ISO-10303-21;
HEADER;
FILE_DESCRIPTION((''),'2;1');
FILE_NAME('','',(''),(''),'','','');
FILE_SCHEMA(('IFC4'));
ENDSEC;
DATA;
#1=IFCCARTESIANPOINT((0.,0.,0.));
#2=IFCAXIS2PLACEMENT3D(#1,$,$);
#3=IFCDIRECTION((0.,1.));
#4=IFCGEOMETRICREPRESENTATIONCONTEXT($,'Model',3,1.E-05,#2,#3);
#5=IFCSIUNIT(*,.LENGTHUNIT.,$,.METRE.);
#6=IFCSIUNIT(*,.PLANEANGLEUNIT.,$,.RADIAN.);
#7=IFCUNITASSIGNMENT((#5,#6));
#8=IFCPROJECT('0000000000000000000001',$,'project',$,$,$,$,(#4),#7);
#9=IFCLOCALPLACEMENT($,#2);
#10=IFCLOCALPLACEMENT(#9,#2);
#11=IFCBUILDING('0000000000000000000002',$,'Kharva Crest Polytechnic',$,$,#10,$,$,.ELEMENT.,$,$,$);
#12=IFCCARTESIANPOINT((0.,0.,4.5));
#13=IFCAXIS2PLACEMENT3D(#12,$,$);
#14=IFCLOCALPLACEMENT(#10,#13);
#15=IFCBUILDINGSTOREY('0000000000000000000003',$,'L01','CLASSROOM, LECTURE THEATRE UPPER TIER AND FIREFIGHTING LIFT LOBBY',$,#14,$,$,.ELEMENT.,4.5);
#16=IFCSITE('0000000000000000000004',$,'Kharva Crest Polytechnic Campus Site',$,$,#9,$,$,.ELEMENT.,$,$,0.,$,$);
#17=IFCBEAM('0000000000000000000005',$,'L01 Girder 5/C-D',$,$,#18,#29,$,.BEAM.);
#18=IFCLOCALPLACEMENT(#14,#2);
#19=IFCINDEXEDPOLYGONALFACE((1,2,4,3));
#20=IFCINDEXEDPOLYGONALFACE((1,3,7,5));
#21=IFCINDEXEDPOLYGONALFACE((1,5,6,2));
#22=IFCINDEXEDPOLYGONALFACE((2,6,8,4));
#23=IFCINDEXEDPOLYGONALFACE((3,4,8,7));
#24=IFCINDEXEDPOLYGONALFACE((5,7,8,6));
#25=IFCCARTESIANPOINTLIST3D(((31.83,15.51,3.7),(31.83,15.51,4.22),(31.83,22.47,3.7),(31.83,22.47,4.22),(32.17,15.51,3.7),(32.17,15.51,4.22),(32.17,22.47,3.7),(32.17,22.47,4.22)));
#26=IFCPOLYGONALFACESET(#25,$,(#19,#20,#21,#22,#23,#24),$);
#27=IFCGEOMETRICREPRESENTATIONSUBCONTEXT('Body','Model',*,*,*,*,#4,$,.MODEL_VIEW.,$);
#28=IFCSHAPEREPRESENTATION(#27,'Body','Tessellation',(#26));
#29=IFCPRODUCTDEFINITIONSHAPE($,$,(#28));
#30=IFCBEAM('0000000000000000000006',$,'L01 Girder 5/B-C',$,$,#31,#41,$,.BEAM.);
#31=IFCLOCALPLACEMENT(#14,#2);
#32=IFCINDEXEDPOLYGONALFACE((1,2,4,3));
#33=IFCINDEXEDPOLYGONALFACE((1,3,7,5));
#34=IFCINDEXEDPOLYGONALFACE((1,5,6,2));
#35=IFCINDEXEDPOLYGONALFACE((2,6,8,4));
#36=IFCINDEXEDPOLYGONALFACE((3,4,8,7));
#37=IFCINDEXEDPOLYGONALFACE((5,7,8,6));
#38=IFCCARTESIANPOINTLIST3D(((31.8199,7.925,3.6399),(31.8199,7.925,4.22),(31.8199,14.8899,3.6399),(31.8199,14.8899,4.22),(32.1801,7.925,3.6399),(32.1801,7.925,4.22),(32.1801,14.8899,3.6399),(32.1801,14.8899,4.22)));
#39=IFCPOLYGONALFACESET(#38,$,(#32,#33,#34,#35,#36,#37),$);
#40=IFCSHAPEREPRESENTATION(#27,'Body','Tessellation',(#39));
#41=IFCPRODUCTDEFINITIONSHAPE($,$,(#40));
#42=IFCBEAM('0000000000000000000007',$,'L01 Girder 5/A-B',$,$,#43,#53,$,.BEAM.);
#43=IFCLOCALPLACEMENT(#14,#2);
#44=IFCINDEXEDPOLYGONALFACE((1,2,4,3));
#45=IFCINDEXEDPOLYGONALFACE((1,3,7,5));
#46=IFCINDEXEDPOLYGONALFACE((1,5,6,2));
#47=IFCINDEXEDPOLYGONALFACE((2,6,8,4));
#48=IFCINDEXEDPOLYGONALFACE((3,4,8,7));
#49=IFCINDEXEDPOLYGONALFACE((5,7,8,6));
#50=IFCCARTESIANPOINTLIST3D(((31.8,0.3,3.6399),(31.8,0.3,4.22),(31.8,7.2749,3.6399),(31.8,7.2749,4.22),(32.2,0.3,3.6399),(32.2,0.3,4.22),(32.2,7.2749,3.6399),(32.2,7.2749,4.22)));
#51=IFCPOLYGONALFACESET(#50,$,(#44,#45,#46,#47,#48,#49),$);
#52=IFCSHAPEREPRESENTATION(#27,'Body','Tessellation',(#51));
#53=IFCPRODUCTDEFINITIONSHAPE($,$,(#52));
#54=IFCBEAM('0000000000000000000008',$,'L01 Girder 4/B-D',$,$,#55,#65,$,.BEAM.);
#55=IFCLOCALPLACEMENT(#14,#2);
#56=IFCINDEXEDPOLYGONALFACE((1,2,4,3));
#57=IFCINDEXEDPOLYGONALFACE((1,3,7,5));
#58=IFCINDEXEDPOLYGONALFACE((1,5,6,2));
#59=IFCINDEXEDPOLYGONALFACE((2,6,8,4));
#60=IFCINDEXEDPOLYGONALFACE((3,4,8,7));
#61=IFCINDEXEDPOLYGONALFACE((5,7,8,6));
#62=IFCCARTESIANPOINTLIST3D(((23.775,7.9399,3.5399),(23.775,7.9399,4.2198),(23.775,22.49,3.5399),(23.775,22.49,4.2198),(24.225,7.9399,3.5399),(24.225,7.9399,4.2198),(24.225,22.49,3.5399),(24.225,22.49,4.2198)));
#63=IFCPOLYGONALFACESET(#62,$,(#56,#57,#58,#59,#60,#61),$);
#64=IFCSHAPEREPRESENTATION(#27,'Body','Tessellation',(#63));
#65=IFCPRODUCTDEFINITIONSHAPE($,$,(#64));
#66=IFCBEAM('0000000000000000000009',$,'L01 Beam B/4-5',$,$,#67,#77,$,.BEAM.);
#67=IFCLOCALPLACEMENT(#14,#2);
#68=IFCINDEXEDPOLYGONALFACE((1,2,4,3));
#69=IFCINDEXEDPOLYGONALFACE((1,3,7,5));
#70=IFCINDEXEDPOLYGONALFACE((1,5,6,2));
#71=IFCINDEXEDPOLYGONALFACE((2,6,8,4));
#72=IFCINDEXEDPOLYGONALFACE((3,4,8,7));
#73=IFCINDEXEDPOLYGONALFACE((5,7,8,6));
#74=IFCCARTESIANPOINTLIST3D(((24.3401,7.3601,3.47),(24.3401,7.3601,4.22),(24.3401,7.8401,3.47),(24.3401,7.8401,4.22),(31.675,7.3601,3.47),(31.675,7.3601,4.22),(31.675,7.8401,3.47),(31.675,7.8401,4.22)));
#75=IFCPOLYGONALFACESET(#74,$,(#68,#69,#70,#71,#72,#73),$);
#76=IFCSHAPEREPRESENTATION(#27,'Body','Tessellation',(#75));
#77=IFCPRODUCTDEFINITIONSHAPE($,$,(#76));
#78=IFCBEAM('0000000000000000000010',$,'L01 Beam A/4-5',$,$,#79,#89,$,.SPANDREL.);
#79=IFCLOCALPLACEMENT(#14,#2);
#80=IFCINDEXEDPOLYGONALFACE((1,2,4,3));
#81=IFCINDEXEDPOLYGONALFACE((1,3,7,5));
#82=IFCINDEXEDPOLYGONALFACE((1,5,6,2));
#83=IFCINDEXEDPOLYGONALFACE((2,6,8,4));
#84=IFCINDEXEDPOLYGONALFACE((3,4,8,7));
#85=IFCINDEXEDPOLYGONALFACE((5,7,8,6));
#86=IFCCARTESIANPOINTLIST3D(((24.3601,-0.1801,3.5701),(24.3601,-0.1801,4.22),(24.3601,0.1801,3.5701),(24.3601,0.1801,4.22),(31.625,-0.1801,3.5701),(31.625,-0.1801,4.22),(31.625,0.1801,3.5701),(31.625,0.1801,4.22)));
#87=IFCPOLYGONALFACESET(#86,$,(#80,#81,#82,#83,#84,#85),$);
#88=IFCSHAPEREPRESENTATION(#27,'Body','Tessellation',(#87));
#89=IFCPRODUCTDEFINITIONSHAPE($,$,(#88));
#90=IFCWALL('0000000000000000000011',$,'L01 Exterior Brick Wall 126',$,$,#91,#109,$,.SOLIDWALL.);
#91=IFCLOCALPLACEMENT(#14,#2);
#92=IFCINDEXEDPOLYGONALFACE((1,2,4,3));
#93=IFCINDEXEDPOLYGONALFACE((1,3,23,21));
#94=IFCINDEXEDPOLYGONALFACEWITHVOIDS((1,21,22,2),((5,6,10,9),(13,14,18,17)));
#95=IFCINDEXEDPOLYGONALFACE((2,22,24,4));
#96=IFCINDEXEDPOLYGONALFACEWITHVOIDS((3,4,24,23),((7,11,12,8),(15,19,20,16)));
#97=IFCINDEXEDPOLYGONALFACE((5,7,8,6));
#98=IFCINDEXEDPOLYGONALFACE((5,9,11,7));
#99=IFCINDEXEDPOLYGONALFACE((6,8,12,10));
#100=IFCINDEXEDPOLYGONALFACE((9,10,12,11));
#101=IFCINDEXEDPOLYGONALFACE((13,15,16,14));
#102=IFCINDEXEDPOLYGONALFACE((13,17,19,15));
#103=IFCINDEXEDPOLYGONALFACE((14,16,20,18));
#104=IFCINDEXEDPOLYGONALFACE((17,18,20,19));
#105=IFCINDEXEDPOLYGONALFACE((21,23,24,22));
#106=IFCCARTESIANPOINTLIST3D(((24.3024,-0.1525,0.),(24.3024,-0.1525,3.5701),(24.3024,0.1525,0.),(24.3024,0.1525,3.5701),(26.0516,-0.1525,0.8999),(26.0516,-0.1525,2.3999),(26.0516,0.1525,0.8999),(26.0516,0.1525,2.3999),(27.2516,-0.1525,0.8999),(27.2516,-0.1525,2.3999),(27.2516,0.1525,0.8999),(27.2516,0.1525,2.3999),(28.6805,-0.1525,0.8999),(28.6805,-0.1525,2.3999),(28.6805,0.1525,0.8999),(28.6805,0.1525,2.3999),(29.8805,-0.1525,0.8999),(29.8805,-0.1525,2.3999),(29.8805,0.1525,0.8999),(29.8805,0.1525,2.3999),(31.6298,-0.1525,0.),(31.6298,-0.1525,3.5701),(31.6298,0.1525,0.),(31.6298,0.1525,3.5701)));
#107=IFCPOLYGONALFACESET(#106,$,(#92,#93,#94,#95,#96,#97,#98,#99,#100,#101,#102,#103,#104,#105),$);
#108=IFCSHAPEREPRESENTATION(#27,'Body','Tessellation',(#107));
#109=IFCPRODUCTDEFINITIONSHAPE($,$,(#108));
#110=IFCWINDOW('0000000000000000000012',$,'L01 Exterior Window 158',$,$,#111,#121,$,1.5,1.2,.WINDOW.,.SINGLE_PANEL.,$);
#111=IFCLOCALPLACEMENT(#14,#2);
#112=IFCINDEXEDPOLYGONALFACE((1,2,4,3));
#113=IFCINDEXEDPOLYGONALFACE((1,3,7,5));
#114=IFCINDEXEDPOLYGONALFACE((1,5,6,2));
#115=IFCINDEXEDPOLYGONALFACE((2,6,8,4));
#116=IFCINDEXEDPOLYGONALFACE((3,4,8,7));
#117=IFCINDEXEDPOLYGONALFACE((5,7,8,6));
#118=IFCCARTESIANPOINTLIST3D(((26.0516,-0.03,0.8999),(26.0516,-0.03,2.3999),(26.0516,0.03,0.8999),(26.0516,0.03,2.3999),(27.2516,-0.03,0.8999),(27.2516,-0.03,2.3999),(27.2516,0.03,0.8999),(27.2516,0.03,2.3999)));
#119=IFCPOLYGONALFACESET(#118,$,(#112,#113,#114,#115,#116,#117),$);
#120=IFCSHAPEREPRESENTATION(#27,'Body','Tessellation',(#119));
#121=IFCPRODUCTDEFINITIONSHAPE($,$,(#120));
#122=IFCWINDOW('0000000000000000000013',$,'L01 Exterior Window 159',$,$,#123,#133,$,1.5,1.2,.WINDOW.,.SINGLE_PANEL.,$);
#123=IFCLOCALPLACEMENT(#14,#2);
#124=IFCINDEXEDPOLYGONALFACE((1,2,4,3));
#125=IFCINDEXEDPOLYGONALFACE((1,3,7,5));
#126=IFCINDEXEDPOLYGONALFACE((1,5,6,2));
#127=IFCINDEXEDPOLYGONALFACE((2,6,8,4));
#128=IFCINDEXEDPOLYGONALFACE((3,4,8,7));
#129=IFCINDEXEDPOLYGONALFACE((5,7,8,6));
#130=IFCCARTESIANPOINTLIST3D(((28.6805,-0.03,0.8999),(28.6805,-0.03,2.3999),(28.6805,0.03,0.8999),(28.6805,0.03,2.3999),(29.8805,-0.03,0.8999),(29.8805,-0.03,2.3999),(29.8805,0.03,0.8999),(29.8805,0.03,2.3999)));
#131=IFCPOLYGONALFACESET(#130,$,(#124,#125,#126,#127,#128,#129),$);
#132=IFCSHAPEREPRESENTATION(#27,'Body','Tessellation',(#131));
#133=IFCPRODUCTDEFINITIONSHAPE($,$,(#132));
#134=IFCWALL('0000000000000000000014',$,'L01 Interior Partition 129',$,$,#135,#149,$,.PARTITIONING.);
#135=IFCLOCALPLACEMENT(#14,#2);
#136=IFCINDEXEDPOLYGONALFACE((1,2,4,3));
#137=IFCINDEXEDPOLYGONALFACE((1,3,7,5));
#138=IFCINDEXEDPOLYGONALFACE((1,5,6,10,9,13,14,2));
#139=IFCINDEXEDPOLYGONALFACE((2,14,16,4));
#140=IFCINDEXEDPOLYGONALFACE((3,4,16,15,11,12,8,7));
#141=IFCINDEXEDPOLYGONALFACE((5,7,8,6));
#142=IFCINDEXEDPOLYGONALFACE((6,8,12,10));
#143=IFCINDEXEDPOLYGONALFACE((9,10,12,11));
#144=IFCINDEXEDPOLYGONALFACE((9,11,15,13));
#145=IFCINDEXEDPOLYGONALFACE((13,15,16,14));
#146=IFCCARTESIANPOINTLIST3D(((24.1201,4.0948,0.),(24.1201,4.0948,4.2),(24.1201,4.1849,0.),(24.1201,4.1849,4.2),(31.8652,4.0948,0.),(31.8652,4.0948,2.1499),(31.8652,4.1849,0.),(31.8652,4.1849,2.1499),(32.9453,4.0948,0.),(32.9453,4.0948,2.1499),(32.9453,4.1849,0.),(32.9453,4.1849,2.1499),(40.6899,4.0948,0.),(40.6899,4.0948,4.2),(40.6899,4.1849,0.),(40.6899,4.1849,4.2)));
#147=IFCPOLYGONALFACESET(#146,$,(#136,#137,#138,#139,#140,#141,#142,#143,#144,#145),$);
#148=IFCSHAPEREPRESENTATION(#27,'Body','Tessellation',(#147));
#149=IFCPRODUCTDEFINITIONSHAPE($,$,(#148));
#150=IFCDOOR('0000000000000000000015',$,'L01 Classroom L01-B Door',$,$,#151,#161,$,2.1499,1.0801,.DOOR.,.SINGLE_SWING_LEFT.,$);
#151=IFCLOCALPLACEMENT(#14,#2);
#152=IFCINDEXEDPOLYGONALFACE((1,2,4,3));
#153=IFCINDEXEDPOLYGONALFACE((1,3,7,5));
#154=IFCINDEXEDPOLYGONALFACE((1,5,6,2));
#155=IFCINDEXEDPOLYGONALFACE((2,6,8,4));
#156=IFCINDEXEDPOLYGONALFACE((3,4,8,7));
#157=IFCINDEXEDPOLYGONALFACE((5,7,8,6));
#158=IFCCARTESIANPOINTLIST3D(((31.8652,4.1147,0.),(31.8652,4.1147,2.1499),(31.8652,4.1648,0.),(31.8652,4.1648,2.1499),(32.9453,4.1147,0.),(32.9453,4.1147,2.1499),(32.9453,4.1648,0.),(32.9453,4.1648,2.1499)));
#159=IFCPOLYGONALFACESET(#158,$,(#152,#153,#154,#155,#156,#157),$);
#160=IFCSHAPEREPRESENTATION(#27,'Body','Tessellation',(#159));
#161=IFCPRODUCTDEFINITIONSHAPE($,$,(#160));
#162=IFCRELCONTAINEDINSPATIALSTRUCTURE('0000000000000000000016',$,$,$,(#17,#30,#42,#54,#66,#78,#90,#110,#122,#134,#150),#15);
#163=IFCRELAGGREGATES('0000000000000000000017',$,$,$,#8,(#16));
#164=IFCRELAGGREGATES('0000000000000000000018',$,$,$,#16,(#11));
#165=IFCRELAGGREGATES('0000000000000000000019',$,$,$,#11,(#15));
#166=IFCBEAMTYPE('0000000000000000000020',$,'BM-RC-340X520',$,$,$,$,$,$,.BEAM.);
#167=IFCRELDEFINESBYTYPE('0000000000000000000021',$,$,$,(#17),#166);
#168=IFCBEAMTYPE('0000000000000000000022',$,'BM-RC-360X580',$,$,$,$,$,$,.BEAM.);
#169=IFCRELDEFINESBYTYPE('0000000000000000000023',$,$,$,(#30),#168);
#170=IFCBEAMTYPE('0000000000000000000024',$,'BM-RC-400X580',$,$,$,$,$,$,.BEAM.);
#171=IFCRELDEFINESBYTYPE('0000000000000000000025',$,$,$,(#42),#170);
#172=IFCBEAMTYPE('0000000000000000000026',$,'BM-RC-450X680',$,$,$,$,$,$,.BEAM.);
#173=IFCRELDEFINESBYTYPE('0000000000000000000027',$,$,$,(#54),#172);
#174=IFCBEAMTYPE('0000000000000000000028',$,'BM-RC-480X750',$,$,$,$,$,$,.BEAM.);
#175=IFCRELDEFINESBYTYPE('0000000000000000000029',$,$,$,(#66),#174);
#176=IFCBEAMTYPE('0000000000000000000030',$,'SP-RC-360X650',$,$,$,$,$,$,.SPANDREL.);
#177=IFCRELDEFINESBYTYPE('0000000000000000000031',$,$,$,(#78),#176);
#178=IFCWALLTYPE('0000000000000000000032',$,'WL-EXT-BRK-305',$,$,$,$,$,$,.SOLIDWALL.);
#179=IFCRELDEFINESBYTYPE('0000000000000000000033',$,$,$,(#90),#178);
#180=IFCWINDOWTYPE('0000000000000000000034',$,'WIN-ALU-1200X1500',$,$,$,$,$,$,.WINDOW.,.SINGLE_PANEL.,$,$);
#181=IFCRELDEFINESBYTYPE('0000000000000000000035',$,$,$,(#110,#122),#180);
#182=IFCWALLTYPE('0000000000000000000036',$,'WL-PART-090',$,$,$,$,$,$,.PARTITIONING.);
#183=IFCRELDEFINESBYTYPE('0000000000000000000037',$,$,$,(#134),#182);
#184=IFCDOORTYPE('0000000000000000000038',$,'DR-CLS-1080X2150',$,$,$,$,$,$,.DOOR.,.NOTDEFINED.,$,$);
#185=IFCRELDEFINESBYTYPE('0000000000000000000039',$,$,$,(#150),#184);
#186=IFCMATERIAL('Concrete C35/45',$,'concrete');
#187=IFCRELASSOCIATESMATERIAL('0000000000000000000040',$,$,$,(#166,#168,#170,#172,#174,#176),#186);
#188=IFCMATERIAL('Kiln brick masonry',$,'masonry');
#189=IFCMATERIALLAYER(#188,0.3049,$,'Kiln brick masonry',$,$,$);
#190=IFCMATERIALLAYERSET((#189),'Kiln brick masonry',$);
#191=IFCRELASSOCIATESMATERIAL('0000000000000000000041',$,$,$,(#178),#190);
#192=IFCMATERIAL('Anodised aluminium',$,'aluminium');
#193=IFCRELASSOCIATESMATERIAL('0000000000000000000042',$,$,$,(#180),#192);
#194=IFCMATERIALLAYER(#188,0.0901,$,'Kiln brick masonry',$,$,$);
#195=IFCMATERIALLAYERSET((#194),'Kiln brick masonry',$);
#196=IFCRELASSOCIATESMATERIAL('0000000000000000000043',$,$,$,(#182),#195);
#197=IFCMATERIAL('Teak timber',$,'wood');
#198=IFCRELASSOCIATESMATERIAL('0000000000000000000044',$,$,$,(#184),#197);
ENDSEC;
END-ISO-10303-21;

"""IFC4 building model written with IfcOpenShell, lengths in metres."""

from ifc_helpers import new_model, si_unit, direction, frame, frame_2d, origin, origin_2d, place, context, subcontext, project, spatial, rectangle, extrude, material, layer, layer_set, material_profile, profile_set, type_object, element, fill, save


model = new_model("IFC4")

# Units and contexts
model_context = context("Model", 3, precision=1e-05, world=origin(), true_north=direction((0.0, 1.0)))
body_context = subcontext(model_context, "Body", "Model", "MODEL_VIEW")
ifc_project = project(units=[si_unit("LENGTHUNIT", "METRE"), si_unit("PLANEANGLEUNIT", "RADIAN")], contexts=[model_context])

# Site, building, storey
site_placement = place(None, origin())
site = spatial("IfcSite", under=ifc_project, at=site_placement, Name="Kharva Crest Polytechnic Campus Site", CompositionType="ELEMENT", RefElevation=0.0)
building_placement = place(site_placement, origin())
building = spatial("IfcBuilding", under=site, at=building_placement, Name="Kharva Crest Polytechnic", CompositionType="ELEMENT")
storey_placement = place(building_placement, frame((0.0, 0.0, 4.5)))
storey = spatial("IfcBuildingStorey", under=building, at=storey_placement, Name="L01", Description="CLASSROOM, LECTURE THEATRE UPPER TIER AND FIREFIGHTING LIFT LOBBY", CompositionType="ELEMENT", Elevation=4.5)

# Beams
ifc_material_1 = material(Name="Concrete C35/45", Category="concrete")
ifc_material_profile_1 = material_profile(ifc_material_1, rectangle(XDim=0.3401, YDim=0.52, at=origin_2d()), Name="RECT 340 X 520")
ifc_profile_set_1 = profile_set([ifc_material_profile_1], Name="Concrete C35/45")
beam_type_1 = type_object("IfcBeamType", Name="BM-RC-340X520", PredefinedType="BEAM", material=ifc_profile_set_1)
beam_1_placement = place(storey_placement, frame((32.0, 15.51, 3.96), z_axis=(0.0, 1.0, 0.0), x_axis=(-1.0, 0.0, 0.0)))
element("IfcBeam", 1, at=beam_1_placement, inside=storey, type_object=beam_type_1, Name="L01 Girder 5/C-D", PredefinedType="BEAM", context=body_context, shape_type="SweptSolid", body=[
    extrude(rectangle(XDim=0.3401, YDim=0.52, at=origin_2d()), origin(), (0.0, 0.0, 1.0), 6.96),
])
ifc_material_profile_2 = material_profile(ifc_material_1, rectangle(XDim=0.3601, YDim=0.5801, at=origin_2d()), Name="RECT 360 X 580")
ifc_profile_set_2 = profile_set([ifc_material_profile_2], Name="Concrete C35/45")
beam_type_2 = type_object("IfcBeamType", Name="BM-RC-360X580", PredefinedType="BEAM", material=ifc_profile_set_2)
beam_2_placement = place(storey_placement, frame((32.0, 7.925, 3.9299), z_axis=(0.0, 1.0, 0.0), x_axis=(-1.0, 0.0, 0.0)))
element("IfcBeam", 2, at=beam_2_placement, inside=storey, type_object=beam_type_2, Name="L01 Girder 5/B-C", PredefinedType="BEAM", context=body_context, shape_type="SweptSolid", body=[
    extrude(rectangle(XDim=0.3601, YDim=0.5801, at=origin_2d()), origin(), (0.0, 0.0, 1.0), 6.9648),
])
ifc_material_profile_3 = material_profile(ifc_material_1, rectangle(XDim=0.3999, YDim=0.5801, at=origin_2d()), Name="RECT 400 X 580")
ifc_profile_set_3 = profile_set([ifc_material_profile_3], Name="Concrete C35/45")
beam_type_3 = type_object("IfcBeamType", Name="BM-RC-400X580", PredefinedType="BEAM", material=ifc_profile_set_3)
beam_3_placement = place(storey_placement, frame((32.0, 0.3, 3.9299), z_axis=(0.0, 1.0, 0.0), x_axis=(-1.0, 0.0, 0.0)))
element("IfcBeam", 3, at=beam_3_placement, inside=storey, type_object=beam_type_3, Name="L01 Girder 5/A-B", PredefinedType="BEAM", context=body_context, shape_type="SweptSolid", body=[
    extrude(rectangle(XDim=0.3999, YDim=0.5801, at=origin_2d()), origin(), (0.0, 0.0, 1.0), 6.9749),
])
ifc_material_profile_4 = material_profile(ifc_material_1, rectangle(XDim=0.45, YDim=0.6799, at=origin_2d()), Name="RECT 450 X 680")
ifc_profile_set_4 = profile_set([ifc_material_profile_4], Name="Concrete C35/45")
beam_type_4 = type_object("IfcBeamType", Name="BM-RC-450X680", PredefinedType="BEAM", material=ifc_profile_set_4)
beam_4_placement = place(storey_placement, frame((24.0, 7.9399, 3.8799), z_axis=(0.0, 1.0, 0.0), x_axis=(-1.0, 0.0, 0.0)))
element("IfcBeam", 4, at=beam_4_placement, inside=storey, type_object=beam_type_4, Name="L01 Girder 4/B-D", PredefinedType="BEAM", context=body_context, shape_type="SweptSolid", body=[
    extrude(rectangle(XDim=0.45, YDim=0.6799, at=origin_2d()), origin(), (0.0, 0.0, 1.0), 14.55),
])
ifc_material_profile_5 = material_profile(ifc_material_1, rectangle(XDim=0.48, YDim=0.75, at=origin_2d()), Name="RECT 480 X 750")
ifc_profile_set_5 = profile_set([ifc_material_profile_5], Name="Concrete C35/45")
beam_type_5 = type_object("IfcBeamType", Name="BM-RC-480X750", PredefinedType="BEAM", material=ifc_profile_set_5)
beam_5_placement = place(storey_placement, frame((24.3401, 7.6001, 3.845), z_axis=(1.0, 0.0, 0.0), x_axis=(0.0, 1.0, 0.0)))
element("IfcBeam", 5, at=beam_5_placement, inside=storey, type_object=beam_type_5, Name="L01 Beam B/4-5", PredefinedType="BEAM", context=body_context, shape_type="SweptSolid", body=[
    extrude(rectangle(XDim=0.48, YDim=0.75, at=origin_2d()), origin(), (0.0, 0.0, 1.0), 7.335),
])
ifc_material_profile_6 = material_profile(ifc_material_1, rectangle(XDim=0.3601, YDim=0.6499, at=origin_2d()), Name="RECT 360 X 650")
ifc_profile_set_6 = profile_set([ifc_material_profile_6], Name="Concrete C35/45")
beam_type_6 = type_object("IfcBeamType", Name="SP-RC-360X650", PredefinedType="SPANDREL", material=ifc_profile_set_6)
beam_6_placement = place(storey_placement, frame((24.3601, 0.0, 3.895), z_axis=(1.0, 0.0, 0.0), x_axis=(0.0, 1.0, 0.0)))
element("IfcBeam", 6, at=beam_6_placement, inside=storey, type_object=beam_type_6, Name="L01 Beam A/4-5", PredefinedType="SPANDREL", context=body_context, shape_type="SweptSolid", body=[
    extrude(rectangle(XDim=0.3601, YDim=0.6499, at=origin_2d()), origin(), (0.0, 0.0, 1.0), 7.2649),
])

# Wall, openings, windows
ifc_material_2 = material(Name="Kiln brick masonry", Category="masonry")
ifc_layer_1 = layer(ifc_material_2, 0.3049, Name="Kiln brick masonry")
ifc_layer_set_1 = layer_set([ifc_layer_1], Name="Kiln brick masonry")
wall_type_1 = type_object("IfcWallType", Name="WL-EXT-BRK-305", PredefinedType="SOLIDWALL", material=ifc_layer_set_1)
wall_1_placement = place(storey_placement, frame((24.3025, 0.0, 0.0), z_axis=(0.0, 0.0, 1.0), x_axis=(1.0, 0.0, 0.0)))
wall_1 = element("IfcWall", 7, at=wall_1_placement, inside=storey, type_object=wall_type_1, Name="L01 Exterior Brick Wall 126", PredefinedType="SOLIDWALL", context=body_context, shape_type="SweptSolid", body=[
    extrude(rectangle(XDim=7.3274, YDim=0.3049, at=frame_2d((3.6636, 0.0))), origin(), (0.0, 0.0, 1.0), 3.5701),
])
opening_1_placement = place(wall_1_placement, frame((1.749, 0.0, 0.8999)))
opening_1 = element("IfcOpeningElement", 8, at=opening_1_placement, cuts=wall_1, PredefinedType="OPENING", context=body_context, shape_type="SweptSolid", body=[
    extrude(rectangle(XDim=1.2, YDim=1.5, at=frame_2d((0.6001, 0.75))), frame((0.0, 0.1624, 0.0), z_axis=(0.0, -1.0, 0.0), x_axis=(1.0, 0.0, 0.0)), (0.0, 0.0, 1.0), 0.325),
])
opening_2_placement = place(wall_1_placement, frame((4.3779, 0.0, 0.8999)))
opening_2 = element("IfcOpeningElement", 9, at=opening_2_placement, cuts=wall_1, PredefinedType="OPENING", context=body_context, shape_type="SweptSolid", body=[
    extrude(rectangle(XDim=1.2, YDim=1.5, at=frame_2d((0.6001, 0.75))), frame((0.0, 0.1624, 0.0), z_axis=(0.0, -1.0, 0.0), x_axis=(1.0, 0.0, 0.0)), (0.0, 0.0, 1.0), 0.325),
])
ifc_material_3 = material(Name="Anodised aluminium", Category="aluminium")
window_type = type_object("IfcWindowType", Name="WIN-ALU-1200X1500", PartitioningType="SINGLE_PANEL", PredefinedType="WINDOW", material=ifc_material_3)
window_1_placement = place(opening_1_placement, origin())
window_1 = element("IfcWindow", 10, at=window_1_placement, inside=storey, type_object=window_type, Name="L01 Exterior Window 158", OverallHeight=1.5, OverallWidth=1.2, PartitioningType="SINGLE_PANEL", PredefinedType="WINDOW", context=body_context, shape_type="SweptSolid", body=[
    extrude(rectangle(XDim=1.2, YDim=1.5, at=frame_2d((0.6001, 0.75))), frame((0.0, 0.03, 0.0), z_axis=(0.0, -1.0, 0.0), x_axis=(1.0, 0.0, 0.0)), (0.0, 0.0, 1.0), 0.0601),
])
fill(opening_1, window_1)
window_2_placement = place(opening_2_placement, origin())
window_2 = element("IfcWindow", 11, at=window_2_placement, inside=storey, type_object=window_type, Name="L01 Exterior Window 159", OverallHeight=1.5, OverallWidth=1.2, PartitioningType="SINGLE_PANEL", PredefinedType="WINDOW", context=body_context, shape_type="SweptSolid", body=[
    extrude(rectangle(XDim=1.2, YDim=1.5, at=frame_2d((0.6001, 0.75))), frame((0.0, 0.03, 0.0), z_axis=(0.0, -1.0, 0.0), x_axis=(1.0, 0.0, 0.0)), (0.0, 0.0, 1.0), 0.0601),
])
fill(opening_2, window_2)

# Wall, opening, door
ifc_layer_2 = layer(ifc_material_2, 0.0901, Name="Kiln brick masonry")
ifc_layer_set_2 = layer_set([ifc_layer_2], Name="Kiln brick masonry")
wall_type_2 = type_object("IfcWallType", Name="WL-PART-090", PredefinedType="PARTITIONING", material=ifc_layer_set_2)
wall_2_placement = place(storey_placement, frame((24.1201, 4.1399, 0.0), z_axis=(0.0, 0.0, 1.0), x_axis=(1.0, 0.0, 0.0)))
wall_2 = element("IfcWall", 12, at=wall_2_placement, inside=storey, type_object=wall_type_2, Name="L01 Interior Partition 129", PredefinedType="PARTITIONING", context=body_context, shape_type="SweptSolid", body=[
    extrude(rectangle(XDim=16.5698, YDim=0.0901, at=frame_2d((8.2849, 0.0))), origin(), (0.0, 0.0, 1.0), 4.2),
])
opening_3_placement = place(wall_2_placement, frame((7.7451, 0.0, 0.0)))
opening_3 = element("IfcOpeningElement", 13, at=opening_3_placement, cuts=wall_2, PredefinedType="OPENING", context=body_context, shape_type="SweptSolid", body=[
    extrude(rectangle(XDim=1.0801, YDim=2.1499, at=frame_2d((0.54, 1.075))), frame((0.0, 0.0549, 0.0), z_axis=(0.0, -1.0, 0.0), x_axis=(1.0, 0.0, 0.0)), (0.0, 0.0, 1.0), 0.1101),
])
ifc_material_4 = material(Name="Teak timber", Category="wood")
door_type_1 = type_object("IfcDoorType", Name="DR-CLS-1080X2150", OperationType="NOTDEFINED", PredefinedType="DOOR", material=ifc_material_4)
door_1_placement = place(opening_3_placement, origin())
door_1 = element("IfcDoor", 14, at=door_1_placement, inside=storey, type_object=door_type_1, Name="L01 Classroom L01-B Door", OperationType="SINGLE_SWING_LEFT", OverallHeight=2.1499, OverallWidth=1.0801, PredefinedType="DOOR", context=body_context, shape_type="SweptSolid", body=[
    extrude(rectangle(XDim=1.0801, YDim=2.1499, at=frame_2d((0.54, 1.075))), frame((0.0, 0.0249, 0.0), z_axis=(0.0, -1.0, 0.0), x_axis=(1.0, 0.0, 0.0)), (0.0, 0.0, 1.0), 0.05),
])
fill(opening_3, door_1)

save(model, "model.ifc")
